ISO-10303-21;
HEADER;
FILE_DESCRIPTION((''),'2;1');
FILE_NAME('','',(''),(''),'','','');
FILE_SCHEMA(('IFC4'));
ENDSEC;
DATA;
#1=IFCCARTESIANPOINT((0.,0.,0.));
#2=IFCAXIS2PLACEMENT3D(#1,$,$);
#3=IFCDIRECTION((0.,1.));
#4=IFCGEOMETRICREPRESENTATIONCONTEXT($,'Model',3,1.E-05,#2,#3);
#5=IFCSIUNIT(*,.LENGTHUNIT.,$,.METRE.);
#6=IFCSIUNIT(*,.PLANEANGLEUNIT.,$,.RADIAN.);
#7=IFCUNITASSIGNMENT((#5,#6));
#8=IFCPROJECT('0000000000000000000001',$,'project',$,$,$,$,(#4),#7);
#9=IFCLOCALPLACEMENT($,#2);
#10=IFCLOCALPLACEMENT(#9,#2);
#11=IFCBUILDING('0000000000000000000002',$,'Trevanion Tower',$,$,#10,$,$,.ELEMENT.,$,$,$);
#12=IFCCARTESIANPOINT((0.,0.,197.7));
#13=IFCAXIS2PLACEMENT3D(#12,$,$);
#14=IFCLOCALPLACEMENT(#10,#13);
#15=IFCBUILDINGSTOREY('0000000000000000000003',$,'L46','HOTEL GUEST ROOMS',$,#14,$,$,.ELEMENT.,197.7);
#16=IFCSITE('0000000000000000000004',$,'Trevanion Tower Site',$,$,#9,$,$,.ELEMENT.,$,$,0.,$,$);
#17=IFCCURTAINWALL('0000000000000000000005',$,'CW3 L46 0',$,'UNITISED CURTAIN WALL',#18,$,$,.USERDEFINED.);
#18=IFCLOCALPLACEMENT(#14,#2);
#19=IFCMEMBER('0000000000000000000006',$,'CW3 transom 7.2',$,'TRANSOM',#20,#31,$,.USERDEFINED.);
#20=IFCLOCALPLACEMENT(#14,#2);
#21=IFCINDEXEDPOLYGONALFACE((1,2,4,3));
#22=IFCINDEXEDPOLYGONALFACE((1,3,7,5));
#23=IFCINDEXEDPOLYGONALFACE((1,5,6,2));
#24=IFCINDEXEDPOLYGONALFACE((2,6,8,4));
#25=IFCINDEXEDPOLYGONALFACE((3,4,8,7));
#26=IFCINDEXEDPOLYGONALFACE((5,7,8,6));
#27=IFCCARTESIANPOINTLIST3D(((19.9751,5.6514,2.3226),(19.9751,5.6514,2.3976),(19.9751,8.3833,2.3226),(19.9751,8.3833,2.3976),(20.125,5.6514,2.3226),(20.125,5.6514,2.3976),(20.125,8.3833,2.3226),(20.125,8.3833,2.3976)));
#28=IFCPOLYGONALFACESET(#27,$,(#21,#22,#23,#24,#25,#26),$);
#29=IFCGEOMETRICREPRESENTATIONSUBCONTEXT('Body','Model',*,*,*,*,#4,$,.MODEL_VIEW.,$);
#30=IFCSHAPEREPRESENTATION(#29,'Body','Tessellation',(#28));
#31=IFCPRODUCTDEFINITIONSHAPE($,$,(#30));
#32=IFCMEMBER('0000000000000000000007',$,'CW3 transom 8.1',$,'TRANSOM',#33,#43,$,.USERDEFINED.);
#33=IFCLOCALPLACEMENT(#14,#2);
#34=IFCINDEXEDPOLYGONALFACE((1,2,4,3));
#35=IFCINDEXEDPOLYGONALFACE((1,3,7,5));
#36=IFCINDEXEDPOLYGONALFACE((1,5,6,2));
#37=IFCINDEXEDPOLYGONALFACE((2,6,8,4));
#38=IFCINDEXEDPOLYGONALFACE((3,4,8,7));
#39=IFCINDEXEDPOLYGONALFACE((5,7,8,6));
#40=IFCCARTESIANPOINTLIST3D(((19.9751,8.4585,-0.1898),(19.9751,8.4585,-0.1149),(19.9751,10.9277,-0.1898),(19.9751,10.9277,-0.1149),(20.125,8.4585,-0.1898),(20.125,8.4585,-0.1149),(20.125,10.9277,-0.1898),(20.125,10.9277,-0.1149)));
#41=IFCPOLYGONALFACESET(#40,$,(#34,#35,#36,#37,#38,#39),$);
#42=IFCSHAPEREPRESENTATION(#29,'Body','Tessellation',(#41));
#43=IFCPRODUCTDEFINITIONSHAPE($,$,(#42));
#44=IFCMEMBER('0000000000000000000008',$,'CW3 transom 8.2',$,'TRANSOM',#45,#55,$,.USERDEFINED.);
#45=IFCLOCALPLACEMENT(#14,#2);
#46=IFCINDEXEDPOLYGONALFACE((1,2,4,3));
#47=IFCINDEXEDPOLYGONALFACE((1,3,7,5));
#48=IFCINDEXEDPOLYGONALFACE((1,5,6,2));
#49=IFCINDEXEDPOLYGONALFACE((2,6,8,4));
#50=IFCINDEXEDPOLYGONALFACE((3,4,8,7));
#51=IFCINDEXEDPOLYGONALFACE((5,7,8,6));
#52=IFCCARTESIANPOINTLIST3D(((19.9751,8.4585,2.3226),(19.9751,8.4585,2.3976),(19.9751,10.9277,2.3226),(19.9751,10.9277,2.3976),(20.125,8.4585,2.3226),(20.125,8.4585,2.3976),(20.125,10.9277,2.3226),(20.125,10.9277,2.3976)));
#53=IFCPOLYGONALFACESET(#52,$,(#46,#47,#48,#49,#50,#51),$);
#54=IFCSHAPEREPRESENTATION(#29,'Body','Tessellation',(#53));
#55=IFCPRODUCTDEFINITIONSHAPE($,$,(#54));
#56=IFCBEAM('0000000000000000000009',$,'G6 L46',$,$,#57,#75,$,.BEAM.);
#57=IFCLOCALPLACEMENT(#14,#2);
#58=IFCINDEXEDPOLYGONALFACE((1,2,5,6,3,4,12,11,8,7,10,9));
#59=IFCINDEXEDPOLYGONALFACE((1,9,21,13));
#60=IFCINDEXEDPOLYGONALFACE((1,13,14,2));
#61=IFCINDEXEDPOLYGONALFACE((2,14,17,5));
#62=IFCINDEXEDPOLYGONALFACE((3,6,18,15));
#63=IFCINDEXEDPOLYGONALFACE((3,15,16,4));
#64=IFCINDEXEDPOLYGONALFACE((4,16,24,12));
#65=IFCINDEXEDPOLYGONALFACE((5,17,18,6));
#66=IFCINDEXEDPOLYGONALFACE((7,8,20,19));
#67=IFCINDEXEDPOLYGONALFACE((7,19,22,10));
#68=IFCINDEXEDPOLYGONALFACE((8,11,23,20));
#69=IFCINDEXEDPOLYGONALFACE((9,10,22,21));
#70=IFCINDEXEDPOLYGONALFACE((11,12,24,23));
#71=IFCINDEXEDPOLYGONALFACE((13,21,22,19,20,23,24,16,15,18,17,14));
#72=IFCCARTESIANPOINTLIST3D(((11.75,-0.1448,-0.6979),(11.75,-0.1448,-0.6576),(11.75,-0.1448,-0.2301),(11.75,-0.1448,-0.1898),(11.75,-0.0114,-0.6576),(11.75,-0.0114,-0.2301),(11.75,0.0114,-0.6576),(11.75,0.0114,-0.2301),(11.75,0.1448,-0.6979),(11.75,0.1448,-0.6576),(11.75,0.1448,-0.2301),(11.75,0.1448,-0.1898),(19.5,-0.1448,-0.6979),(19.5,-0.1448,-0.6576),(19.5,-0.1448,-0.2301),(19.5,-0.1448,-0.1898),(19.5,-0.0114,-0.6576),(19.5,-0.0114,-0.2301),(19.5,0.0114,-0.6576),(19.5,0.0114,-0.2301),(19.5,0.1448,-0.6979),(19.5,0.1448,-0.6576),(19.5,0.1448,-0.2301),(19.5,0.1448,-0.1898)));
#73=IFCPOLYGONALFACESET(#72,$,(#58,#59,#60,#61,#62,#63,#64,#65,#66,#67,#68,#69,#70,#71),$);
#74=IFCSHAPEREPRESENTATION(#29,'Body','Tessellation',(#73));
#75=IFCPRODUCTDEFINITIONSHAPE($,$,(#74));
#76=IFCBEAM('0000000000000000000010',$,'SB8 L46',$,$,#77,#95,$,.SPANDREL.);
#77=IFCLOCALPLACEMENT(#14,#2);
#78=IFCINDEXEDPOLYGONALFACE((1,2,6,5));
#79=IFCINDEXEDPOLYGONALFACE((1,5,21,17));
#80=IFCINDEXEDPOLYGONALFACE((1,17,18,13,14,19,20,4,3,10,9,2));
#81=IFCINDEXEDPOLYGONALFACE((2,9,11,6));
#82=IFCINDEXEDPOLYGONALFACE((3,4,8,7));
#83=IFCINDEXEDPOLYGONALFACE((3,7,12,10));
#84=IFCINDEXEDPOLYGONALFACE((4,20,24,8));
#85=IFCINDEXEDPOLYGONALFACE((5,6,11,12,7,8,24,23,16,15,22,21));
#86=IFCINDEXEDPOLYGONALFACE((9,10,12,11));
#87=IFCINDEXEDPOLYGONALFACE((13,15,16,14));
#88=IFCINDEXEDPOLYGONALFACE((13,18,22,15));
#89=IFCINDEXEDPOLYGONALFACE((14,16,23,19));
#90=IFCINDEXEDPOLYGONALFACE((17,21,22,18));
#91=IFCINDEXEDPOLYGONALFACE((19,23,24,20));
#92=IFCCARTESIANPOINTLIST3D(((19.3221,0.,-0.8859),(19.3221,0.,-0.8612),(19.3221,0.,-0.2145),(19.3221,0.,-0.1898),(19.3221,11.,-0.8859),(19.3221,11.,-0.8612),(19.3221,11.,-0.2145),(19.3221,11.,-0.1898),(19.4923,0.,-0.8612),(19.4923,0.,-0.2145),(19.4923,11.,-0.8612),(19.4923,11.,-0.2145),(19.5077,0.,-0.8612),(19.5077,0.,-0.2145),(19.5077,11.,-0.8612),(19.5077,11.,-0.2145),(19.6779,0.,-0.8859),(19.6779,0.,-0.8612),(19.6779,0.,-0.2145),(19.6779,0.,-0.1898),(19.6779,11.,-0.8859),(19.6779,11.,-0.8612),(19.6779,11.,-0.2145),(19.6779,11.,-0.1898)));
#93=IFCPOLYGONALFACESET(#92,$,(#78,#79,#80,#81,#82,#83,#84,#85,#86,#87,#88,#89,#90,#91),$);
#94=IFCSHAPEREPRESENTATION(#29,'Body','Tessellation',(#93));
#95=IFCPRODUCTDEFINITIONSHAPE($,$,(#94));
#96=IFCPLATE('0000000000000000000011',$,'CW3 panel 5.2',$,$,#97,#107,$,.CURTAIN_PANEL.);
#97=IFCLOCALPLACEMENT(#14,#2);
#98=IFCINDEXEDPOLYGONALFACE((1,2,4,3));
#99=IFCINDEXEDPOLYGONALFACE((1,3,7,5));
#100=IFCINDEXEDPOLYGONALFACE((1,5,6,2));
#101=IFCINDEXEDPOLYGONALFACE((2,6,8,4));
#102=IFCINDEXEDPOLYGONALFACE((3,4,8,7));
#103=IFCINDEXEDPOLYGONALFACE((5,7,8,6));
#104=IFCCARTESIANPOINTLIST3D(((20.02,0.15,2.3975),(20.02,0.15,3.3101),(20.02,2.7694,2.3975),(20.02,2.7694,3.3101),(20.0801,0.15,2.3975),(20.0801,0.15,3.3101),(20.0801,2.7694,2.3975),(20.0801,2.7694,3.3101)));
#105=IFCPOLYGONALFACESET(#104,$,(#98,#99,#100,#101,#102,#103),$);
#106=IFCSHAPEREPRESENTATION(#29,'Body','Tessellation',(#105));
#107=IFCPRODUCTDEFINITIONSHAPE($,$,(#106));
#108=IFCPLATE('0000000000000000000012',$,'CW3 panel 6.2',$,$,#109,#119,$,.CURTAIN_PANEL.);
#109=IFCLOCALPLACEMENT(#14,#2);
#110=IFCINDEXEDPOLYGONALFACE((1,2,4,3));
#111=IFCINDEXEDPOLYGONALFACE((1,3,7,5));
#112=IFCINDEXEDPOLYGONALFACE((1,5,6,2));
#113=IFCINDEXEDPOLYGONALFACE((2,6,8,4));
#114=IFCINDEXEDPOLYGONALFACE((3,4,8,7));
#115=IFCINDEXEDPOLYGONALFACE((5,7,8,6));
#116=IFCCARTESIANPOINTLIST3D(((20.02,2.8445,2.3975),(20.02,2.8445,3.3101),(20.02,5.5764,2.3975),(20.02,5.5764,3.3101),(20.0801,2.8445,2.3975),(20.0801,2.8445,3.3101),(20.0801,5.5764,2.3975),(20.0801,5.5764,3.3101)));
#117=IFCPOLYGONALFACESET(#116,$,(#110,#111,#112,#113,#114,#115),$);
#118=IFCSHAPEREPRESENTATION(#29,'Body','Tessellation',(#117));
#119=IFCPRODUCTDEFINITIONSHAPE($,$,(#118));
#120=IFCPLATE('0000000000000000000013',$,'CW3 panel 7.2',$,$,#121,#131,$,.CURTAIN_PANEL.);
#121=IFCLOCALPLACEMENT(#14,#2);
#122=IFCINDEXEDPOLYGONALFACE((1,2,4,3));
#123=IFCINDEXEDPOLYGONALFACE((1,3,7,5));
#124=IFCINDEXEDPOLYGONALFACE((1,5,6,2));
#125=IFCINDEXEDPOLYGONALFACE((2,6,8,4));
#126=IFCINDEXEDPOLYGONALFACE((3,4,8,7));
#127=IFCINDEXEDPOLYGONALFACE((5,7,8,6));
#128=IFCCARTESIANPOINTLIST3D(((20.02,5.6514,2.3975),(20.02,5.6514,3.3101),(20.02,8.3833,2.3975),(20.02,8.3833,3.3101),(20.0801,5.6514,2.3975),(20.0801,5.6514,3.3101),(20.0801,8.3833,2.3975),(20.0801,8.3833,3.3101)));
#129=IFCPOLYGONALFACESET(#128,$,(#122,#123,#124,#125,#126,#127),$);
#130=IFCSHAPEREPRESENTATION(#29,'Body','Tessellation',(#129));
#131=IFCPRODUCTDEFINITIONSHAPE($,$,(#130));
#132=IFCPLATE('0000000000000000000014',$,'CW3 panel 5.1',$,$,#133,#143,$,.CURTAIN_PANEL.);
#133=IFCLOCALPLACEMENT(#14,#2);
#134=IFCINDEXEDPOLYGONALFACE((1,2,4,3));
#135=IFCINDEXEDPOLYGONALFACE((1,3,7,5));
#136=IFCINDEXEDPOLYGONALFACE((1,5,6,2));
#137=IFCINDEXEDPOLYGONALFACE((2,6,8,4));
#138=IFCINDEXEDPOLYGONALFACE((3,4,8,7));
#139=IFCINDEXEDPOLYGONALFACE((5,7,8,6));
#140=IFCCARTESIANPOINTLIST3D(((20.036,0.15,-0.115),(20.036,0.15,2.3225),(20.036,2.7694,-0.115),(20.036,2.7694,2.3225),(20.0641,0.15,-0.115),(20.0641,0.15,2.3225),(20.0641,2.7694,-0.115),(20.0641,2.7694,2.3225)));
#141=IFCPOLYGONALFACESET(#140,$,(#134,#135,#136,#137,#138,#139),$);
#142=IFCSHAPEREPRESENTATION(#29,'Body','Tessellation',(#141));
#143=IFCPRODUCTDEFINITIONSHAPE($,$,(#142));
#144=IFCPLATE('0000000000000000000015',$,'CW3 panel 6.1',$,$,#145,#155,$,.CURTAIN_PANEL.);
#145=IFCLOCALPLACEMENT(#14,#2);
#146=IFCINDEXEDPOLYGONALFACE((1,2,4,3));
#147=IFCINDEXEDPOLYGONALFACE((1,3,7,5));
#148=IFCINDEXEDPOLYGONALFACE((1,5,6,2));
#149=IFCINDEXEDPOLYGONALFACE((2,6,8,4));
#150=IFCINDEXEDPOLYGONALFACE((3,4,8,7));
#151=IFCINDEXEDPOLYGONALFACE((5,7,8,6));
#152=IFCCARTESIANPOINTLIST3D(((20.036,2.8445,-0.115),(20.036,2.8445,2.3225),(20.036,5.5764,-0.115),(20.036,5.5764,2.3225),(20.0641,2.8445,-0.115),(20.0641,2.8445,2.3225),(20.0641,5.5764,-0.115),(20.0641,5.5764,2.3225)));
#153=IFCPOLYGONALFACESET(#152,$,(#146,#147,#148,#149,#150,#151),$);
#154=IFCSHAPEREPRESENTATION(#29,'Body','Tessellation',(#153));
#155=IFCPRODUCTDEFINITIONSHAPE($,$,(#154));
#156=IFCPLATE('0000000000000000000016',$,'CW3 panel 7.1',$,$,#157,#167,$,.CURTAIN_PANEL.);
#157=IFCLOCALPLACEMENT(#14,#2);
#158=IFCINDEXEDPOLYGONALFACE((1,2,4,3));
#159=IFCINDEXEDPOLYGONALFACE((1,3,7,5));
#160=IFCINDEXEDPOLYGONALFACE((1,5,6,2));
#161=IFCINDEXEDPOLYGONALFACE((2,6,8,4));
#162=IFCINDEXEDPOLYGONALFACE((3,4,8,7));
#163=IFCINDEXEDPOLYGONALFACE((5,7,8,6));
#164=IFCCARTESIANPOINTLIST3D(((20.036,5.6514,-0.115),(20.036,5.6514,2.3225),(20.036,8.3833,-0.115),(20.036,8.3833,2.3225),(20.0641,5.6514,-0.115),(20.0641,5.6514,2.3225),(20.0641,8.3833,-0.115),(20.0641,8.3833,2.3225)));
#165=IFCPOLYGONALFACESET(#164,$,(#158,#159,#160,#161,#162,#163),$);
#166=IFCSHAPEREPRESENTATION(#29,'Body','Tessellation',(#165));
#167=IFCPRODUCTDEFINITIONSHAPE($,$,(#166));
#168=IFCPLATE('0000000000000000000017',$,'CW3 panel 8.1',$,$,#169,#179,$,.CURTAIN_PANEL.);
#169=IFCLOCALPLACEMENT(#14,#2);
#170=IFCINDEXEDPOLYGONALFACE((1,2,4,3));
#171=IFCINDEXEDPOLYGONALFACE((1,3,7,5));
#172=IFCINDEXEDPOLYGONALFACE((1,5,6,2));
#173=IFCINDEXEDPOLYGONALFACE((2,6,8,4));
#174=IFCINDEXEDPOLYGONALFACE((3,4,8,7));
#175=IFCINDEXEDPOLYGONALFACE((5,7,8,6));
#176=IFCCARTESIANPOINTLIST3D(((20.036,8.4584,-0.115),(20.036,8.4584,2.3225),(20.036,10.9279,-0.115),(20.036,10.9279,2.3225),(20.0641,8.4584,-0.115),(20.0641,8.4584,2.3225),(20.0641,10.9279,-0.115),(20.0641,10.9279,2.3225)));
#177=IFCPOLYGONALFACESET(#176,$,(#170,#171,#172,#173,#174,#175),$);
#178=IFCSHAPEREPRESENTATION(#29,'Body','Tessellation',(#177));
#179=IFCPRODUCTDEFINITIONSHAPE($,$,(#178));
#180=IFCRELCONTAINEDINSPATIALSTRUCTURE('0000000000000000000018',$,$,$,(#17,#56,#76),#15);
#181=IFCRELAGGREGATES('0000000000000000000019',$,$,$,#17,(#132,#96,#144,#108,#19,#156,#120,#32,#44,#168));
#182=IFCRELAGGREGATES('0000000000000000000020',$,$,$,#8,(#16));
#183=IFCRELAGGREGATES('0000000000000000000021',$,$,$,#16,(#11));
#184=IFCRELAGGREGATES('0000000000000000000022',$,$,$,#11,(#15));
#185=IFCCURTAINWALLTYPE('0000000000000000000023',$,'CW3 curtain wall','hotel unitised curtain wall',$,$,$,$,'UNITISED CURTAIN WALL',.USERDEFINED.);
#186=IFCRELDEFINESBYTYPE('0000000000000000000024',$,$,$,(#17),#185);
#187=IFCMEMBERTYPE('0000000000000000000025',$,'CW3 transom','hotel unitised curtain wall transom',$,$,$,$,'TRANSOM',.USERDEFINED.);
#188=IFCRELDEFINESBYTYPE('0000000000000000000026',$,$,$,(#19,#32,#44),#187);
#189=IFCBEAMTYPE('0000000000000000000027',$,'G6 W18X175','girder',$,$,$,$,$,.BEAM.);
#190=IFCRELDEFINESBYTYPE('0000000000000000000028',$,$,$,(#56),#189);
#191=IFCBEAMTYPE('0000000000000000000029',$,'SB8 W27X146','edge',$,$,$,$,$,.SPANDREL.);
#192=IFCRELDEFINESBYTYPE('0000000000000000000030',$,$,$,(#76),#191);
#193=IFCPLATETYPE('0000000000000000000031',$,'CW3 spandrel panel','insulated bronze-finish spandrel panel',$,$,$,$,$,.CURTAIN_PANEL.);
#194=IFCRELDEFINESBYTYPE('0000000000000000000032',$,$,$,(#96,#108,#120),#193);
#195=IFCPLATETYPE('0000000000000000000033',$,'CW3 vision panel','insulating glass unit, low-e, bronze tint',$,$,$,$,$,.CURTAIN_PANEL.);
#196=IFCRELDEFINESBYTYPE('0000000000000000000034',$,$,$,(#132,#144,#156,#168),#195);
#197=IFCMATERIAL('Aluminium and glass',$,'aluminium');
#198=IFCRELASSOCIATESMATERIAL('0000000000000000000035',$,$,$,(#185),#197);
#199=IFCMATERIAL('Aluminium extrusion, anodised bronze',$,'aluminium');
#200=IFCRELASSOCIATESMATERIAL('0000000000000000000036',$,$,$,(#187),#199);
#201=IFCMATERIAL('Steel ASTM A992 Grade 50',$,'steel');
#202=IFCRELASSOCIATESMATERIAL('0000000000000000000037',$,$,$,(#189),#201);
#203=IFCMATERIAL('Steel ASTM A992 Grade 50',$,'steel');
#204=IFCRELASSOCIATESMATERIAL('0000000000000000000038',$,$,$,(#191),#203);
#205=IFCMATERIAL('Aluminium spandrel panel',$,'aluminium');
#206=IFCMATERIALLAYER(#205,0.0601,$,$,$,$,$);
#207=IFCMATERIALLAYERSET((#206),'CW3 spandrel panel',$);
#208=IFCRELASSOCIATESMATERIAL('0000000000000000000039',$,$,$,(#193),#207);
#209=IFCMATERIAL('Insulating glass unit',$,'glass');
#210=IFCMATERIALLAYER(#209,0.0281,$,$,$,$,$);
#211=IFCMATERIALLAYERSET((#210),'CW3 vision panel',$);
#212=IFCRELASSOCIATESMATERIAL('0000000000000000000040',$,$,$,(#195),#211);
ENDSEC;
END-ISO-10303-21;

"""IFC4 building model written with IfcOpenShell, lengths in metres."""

from ifc_helpers import new_model, si_unit, direction, frame, origin, origin_2d, place, context, subcontext, project, spatial, rectangle, i_section, extrude, material, layer, layer_set, material_profile, profile_set, type_object, element, aggregate, save


model = new_model("IFC4")

# Units and contexts
model_context = context("Model", 3, precision=1e-05, world=origin(), true_north=direction((0.0, 1.0)))
body_context = subcontext(model_context, "Body", "Model", "MODEL_VIEW")
ifc_project = project(units=[si_unit("LENGTHUNIT", "METRE"), si_unit("PLANEANGLEUNIT", "RADIAN")], contexts=[model_context])

# Site, building, storey
site_placement = place(None, origin())
site = spatial("IfcSite", under=ifc_project, at=site_placement, Name="Trevanion Tower Site", CompositionType="ELEMENT", RefElevation=0.0)
building_placement = place(site_placement, origin())
building = spatial("IfcBuilding", under=site, at=building_placement, Name="Trevanion Tower", CompositionType="ELEMENT")
storey_placement = place(building_placement, frame((0.0, 0.0, 197.7)))
storey = spatial("IfcBuildingStorey", under=building, at=storey_placement, Name="L46", Description="HOTEL GUEST ROOMS", CompositionType="ELEMENT", Elevation=197.7)

# Curtain wall, members
ifc_material_1 = material(Name="Aluminium and glass", Category="aluminium")
curtain_wall_type = type_object("IfcCurtainWallType", Name="CW3 curtain wall", Description="hotel unitised curtain wall", ElementType="UNITISED CURTAIN WALL", PredefinedType="USERDEFINED", material=ifc_material_1)
curtain_wall_placement = place(storey_placement, origin())
curtain_wall = element("IfcCurtainWall", 1, at=curtain_wall_placement, inside=storey, type_object=curtain_wall_type, Name="CW3 L46 0", ObjectType="UNITISED CURTAIN WALL", PredefinedType="USERDEFINED")
ifc_material_2 = material(Name="Aluminium extrusion, anodised bronze", Category="aluminium")
ifc_material_profile_1 = material_profile(ifc_material_2, rectangle(XDim=0.1499, YDim=0.075, at=origin_2d()), Name="CW3 transom")
ifc_profile_set_1 = profile_set([ifc_material_profile_1], Name="Aluminium extrusion, anodised bronze")
member_type_1 = type_object("IfcMemberType", Name="CW3 transom", Description="hotel unitised curtain wall transom", ElementType="TRANSOM", PredefinedType="USERDEFINED", material=ifc_profile_set_1)
member_1_placement = place(storey_placement, frame((20.05, 5.6514, 2.3601), z_axis=(0.0, 1.0, 0.0), x_axis=(-1.0, 0.0, 0.0)))
member_1 = element("IfcMember", 2, at=member_1_placement, type_object=member_type_1, Name="CW3 transom 7.2", ObjectType="TRANSOM", PredefinedType="USERDEFINED", context=body_context, shape_type="SweptSolid", body=[
    extrude(rectangle(XDim=0.1499, YDim=0.075, at=origin_2d()), origin(), (0.0, 0.0, 1.0), 2.7319),
])
member_2_placement = place(storey_placement, frame((20.05, 8.4585, -0.1523), z_axis=(0.0, 1.0, 0.0), x_axis=(-1.0, 0.0, 0.0)))
member_2 = element("IfcMember", 3, at=member_2_placement, type_object=member_type_1, Name="CW3 transom 8.1", ObjectType="TRANSOM", PredefinedType="USERDEFINED", context=body_context, shape_type="SweptSolid", body=[
    extrude(rectangle(XDim=0.1499, YDim=0.075, at=origin_2d()), origin(), (0.0, 0.0, 1.0), 2.4692),
])
member_3_placement = place(storey_placement, frame((20.05, 8.4585, 2.3601), z_axis=(0.0, 1.0, 0.0), x_axis=(-1.0, 0.0, 0.0)))
member_3 = element("IfcMember", 4, at=member_3_placement, type_object=member_type_1, Name="CW3 transom 8.2", ObjectType="TRANSOM", PredefinedType="USERDEFINED", context=body_context, shape_type="SweptSolid", body=[
    extrude(rectangle(XDim=0.1499, YDim=0.075, at=origin_2d()), origin(), (0.0, 0.0, 1.0), 2.4692),
])

# Beams
ifc_material_3 = material(Name="Steel ASTM A992 Grade 50", Category="steel")
ifc_material_profile_2 = material_profile(ifc_material_3, i_section(OverallWidth=0.2896, OverallDepth=0.5081, WebThickness=0.0227, FlangeThickness=0.0403, at=origin_2d()), Name="W18X175")
ifc_profile_set_2 = profile_set([ifc_material_profile_2], Name="Steel ASTM A992 Grade 50")
beam_type_1 = type_object("IfcBeamType", Name="G6 W18X175", Description="girder", PredefinedType="BEAM", material=ifc_profile_set_2)
beam_1_placement = place(storey_placement, frame((11.75, 0.0, -0.4438), z_axis=(1.0, 0.0, 0.0), x_axis=(0.0, 1.0, 0.0)))
element("IfcBeam", 5, at=beam_1_placement, inside=storey, type_object=beam_type_1, Name="G6 L46", PredefinedType="BEAM", context=body_context, shape_type="SweptSolid", body=[
    extrude(i_section(OverallWidth=0.2896, OverallDepth=0.5081, WebThickness=0.0227, FlangeThickness=0.0403, at=origin_2d()), origin(), (0.0, 0.0, 1.0), 7.75),
])
ifc_material_4 = material(Name="Steel ASTM A992 Grade 50", Category="steel")
ifc_material_profile_3 = material_profile(ifc_material_4, i_section(OverallWidth=0.3557, OverallDepth=0.696, WebThickness=0.0154, FlangeThickness=0.0247, at=origin_2d()), Name="W27X146")
ifc_profile_set_3 = profile_set([ifc_material_profile_3], Name="Steel ASTM A992 Grade 50")
beam_type_2 = type_object("IfcBeamType", Name="SB8 W27X146", Description="edge", PredefinedType="SPANDREL", material=ifc_profile_set_3)
beam_2_placement = place(storey_placement, frame((19.5, 0.0, -0.5378), z_axis=(0.0, 1.0, 0.0), x_axis=(-1.0, 0.0, 0.0)))
element("IfcBeam", 6, at=beam_2_placement, inside=storey, type_object=beam_type_2, Name="SB8 L46", PredefinedType="SPANDREL", context=body_context, shape_type="SweptSolid", body=[
    extrude(i_section(OverallWidth=0.3557, OverallDepth=0.696, WebThickness=0.0154, FlangeThickness=0.0247, at=origin_2d()), origin(), (0.0, 0.0, 1.0), 11.0),
])

# Plates
ifc_material_5 = material(Name="Aluminium spandrel panel", Category="aluminium")
ifc_layer_1 = layer(ifc_material_5, 0.0601)
ifc_layer_set_1 = layer_set([ifc_layer_1], Name="CW3 spandrel panel")
plate_type_1 = type_object("IfcPlateType", Name="CW3 spandrel panel", Description="insulated bronze-finish spandrel panel", PredefinedType="CURTAIN_PANEL", material=ifc_layer_set_1)
plate_1_placement = place(storey_placement, frame((20.05, 1.4597, 2.3975), z_axis=(0.0, 0.0, 1.0), x_axis=(0.0, 1.0, 0.0)))
plate_1 = element("IfcPlate", 7, at=plate_1_placement, type_object=plate_type_1, Name="CW3 panel 5.2", PredefinedType="CURTAIN_PANEL", context=body_context, shape_type="SweptSolid", body=[
    extrude(rectangle(XDim=2.6194, YDim=0.0601, at=origin_2d()), origin(), (0.0, 0.0, 1.0), 0.9126),
])
plate_2_placement = place(storey_placement, frame((20.05, 4.2104, 2.3975), z_axis=(0.0, 0.0, 1.0), x_axis=(0.0, 1.0, 0.0)))
plate_2 = element("IfcPlate", 8, at=plate_2_placement, type_object=plate_type_1, Name="CW3 panel 6.2", PredefinedType="CURTAIN_PANEL", context=body_context, shape_type="SweptSolid", body=[
    extrude(rectangle(XDim=2.7319, YDim=0.0601, at=origin_2d()), origin(), (0.0, 0.0, 1.0), 0.9126),
])
plate_3_placement = place(storey_placement, frame((20.05, 7.0173, 2.3975), z_axis=(0.0, 0.0, 1.0), x_axis=(0.0, 1.0, 0.0)))
plate_3 = element("IfcPlate", 9, at=plate_3_placement, type_object=plate_type_1, Name="CW3 panel 7.2", PredefinedType="CURTAIN_PANEL", context=body_context, shape_type="SweptSolid", body=[
    extrude(rectangle(XDim=2.7319, YDim=0.0601, at=origin_2d()), origin(), (0.0, 0.0, 1.0), 0.9126),
])
ifc_material_6 = material(Name="Insulating glass unit", Category="glass")
ifc_layer_2 = layer(ifc_material_6, 0.0281)
ifc_layer_set_2 = layer_set([ifc_layer_2], Name="CW3 vision panel")
plate_type_2 = type_object("IfcPlateType", Name="CW3 vision panel", Description="insulating glass unit, low-e, bronze tint", PredefinedType="CURTAIN_PANEL", material=ifc_layer_set_2)
plate_4_placement = place(storey_placement, frame((20.05, 1.4597, -0.115), z_axis=(0.0, 0.0, 1.0), x_axis=(0.0, 1.0, 0.0)))
plate_4 = element("IfcPlate", 10, at=plate_4_placement, type_object=plate_type_2, Name="CW3 panel 5.1", PredefinedType="CURTAIN_PANEL", context=body_context, shape_type="SweptSolid", body=[
    extrude(rectangle(XDim=2.6194, YDim=0.0281, at=origin_2d()), origin(), (0.0, 0.0, 1.0), 2.4375),
])
plate_5_placement = place(storey_placement, frame((20.05, 4.2104, -0.115), z_axis=(0.0, 0.0, 1.0), x_axis=(0.0, 1.0, 0.0)))
plate_5 = element("IfcPlate", 11, at=plate_5_placement, type_object=plate_type_2, Name="CW3 panel 6.1", PredefinedType="CURTAIN_PANEL", context=body_context, shape_type="SweptSolid", body=[
    extrude(rectangle(XDim=2.7319, YDim=0.0281, at=origin_2d()), origin(), (0.0, 0.0, 1.0), 2.4375),
])
plate_6_placement = place(storey_placement, frame((20.05, 7.0173, -0.115), z_axis=(0.0, 0.0, 1.0), x_axis=(0.0, 1.0, 0.0)))
plate_6 = element("IfcPlate", 12, at=plate_6_placement, type_object=plate_type_2, Name="CW3 panel 7.1", PredefinedType="CURTAIN_PANEL", context=body_context, shape_type="SweptSolid", body=[
    extrude(rectangle(XDim=2.7319, YDim=0.0281, at=origin_2d()), origin(), (0.0, 0.0, 1.0), 2.4375),
])
plate_7_placement = place(storey_placement, frame((20.05, 9.6931, -0.115), z_axis=(0.0, 0.0, 1.0), x_axis=(0.0, 1.0, 0.0)))
plate_7 = element("IfcPlate", 13, at=plate_7_placement, type_object=plate_type_2, Name="CW3 panel 8.1", PredefinedType="CURTAIN_PANEL", context=body_context, shape_type="SweptSolid", body=[
    extrude(rectangle(XDim=2.4695, YDim=0.0281, at=origin_2d()), origin(), (0.0, 0.0, 1.0), 2.4375),
])
aggregate(curtain_wall, [plate_4, plate_1, plate_5, plate_2, member_1, plate_6, plate_3, member_2, member_3, plate_7])

save(model, "model.ifc")
